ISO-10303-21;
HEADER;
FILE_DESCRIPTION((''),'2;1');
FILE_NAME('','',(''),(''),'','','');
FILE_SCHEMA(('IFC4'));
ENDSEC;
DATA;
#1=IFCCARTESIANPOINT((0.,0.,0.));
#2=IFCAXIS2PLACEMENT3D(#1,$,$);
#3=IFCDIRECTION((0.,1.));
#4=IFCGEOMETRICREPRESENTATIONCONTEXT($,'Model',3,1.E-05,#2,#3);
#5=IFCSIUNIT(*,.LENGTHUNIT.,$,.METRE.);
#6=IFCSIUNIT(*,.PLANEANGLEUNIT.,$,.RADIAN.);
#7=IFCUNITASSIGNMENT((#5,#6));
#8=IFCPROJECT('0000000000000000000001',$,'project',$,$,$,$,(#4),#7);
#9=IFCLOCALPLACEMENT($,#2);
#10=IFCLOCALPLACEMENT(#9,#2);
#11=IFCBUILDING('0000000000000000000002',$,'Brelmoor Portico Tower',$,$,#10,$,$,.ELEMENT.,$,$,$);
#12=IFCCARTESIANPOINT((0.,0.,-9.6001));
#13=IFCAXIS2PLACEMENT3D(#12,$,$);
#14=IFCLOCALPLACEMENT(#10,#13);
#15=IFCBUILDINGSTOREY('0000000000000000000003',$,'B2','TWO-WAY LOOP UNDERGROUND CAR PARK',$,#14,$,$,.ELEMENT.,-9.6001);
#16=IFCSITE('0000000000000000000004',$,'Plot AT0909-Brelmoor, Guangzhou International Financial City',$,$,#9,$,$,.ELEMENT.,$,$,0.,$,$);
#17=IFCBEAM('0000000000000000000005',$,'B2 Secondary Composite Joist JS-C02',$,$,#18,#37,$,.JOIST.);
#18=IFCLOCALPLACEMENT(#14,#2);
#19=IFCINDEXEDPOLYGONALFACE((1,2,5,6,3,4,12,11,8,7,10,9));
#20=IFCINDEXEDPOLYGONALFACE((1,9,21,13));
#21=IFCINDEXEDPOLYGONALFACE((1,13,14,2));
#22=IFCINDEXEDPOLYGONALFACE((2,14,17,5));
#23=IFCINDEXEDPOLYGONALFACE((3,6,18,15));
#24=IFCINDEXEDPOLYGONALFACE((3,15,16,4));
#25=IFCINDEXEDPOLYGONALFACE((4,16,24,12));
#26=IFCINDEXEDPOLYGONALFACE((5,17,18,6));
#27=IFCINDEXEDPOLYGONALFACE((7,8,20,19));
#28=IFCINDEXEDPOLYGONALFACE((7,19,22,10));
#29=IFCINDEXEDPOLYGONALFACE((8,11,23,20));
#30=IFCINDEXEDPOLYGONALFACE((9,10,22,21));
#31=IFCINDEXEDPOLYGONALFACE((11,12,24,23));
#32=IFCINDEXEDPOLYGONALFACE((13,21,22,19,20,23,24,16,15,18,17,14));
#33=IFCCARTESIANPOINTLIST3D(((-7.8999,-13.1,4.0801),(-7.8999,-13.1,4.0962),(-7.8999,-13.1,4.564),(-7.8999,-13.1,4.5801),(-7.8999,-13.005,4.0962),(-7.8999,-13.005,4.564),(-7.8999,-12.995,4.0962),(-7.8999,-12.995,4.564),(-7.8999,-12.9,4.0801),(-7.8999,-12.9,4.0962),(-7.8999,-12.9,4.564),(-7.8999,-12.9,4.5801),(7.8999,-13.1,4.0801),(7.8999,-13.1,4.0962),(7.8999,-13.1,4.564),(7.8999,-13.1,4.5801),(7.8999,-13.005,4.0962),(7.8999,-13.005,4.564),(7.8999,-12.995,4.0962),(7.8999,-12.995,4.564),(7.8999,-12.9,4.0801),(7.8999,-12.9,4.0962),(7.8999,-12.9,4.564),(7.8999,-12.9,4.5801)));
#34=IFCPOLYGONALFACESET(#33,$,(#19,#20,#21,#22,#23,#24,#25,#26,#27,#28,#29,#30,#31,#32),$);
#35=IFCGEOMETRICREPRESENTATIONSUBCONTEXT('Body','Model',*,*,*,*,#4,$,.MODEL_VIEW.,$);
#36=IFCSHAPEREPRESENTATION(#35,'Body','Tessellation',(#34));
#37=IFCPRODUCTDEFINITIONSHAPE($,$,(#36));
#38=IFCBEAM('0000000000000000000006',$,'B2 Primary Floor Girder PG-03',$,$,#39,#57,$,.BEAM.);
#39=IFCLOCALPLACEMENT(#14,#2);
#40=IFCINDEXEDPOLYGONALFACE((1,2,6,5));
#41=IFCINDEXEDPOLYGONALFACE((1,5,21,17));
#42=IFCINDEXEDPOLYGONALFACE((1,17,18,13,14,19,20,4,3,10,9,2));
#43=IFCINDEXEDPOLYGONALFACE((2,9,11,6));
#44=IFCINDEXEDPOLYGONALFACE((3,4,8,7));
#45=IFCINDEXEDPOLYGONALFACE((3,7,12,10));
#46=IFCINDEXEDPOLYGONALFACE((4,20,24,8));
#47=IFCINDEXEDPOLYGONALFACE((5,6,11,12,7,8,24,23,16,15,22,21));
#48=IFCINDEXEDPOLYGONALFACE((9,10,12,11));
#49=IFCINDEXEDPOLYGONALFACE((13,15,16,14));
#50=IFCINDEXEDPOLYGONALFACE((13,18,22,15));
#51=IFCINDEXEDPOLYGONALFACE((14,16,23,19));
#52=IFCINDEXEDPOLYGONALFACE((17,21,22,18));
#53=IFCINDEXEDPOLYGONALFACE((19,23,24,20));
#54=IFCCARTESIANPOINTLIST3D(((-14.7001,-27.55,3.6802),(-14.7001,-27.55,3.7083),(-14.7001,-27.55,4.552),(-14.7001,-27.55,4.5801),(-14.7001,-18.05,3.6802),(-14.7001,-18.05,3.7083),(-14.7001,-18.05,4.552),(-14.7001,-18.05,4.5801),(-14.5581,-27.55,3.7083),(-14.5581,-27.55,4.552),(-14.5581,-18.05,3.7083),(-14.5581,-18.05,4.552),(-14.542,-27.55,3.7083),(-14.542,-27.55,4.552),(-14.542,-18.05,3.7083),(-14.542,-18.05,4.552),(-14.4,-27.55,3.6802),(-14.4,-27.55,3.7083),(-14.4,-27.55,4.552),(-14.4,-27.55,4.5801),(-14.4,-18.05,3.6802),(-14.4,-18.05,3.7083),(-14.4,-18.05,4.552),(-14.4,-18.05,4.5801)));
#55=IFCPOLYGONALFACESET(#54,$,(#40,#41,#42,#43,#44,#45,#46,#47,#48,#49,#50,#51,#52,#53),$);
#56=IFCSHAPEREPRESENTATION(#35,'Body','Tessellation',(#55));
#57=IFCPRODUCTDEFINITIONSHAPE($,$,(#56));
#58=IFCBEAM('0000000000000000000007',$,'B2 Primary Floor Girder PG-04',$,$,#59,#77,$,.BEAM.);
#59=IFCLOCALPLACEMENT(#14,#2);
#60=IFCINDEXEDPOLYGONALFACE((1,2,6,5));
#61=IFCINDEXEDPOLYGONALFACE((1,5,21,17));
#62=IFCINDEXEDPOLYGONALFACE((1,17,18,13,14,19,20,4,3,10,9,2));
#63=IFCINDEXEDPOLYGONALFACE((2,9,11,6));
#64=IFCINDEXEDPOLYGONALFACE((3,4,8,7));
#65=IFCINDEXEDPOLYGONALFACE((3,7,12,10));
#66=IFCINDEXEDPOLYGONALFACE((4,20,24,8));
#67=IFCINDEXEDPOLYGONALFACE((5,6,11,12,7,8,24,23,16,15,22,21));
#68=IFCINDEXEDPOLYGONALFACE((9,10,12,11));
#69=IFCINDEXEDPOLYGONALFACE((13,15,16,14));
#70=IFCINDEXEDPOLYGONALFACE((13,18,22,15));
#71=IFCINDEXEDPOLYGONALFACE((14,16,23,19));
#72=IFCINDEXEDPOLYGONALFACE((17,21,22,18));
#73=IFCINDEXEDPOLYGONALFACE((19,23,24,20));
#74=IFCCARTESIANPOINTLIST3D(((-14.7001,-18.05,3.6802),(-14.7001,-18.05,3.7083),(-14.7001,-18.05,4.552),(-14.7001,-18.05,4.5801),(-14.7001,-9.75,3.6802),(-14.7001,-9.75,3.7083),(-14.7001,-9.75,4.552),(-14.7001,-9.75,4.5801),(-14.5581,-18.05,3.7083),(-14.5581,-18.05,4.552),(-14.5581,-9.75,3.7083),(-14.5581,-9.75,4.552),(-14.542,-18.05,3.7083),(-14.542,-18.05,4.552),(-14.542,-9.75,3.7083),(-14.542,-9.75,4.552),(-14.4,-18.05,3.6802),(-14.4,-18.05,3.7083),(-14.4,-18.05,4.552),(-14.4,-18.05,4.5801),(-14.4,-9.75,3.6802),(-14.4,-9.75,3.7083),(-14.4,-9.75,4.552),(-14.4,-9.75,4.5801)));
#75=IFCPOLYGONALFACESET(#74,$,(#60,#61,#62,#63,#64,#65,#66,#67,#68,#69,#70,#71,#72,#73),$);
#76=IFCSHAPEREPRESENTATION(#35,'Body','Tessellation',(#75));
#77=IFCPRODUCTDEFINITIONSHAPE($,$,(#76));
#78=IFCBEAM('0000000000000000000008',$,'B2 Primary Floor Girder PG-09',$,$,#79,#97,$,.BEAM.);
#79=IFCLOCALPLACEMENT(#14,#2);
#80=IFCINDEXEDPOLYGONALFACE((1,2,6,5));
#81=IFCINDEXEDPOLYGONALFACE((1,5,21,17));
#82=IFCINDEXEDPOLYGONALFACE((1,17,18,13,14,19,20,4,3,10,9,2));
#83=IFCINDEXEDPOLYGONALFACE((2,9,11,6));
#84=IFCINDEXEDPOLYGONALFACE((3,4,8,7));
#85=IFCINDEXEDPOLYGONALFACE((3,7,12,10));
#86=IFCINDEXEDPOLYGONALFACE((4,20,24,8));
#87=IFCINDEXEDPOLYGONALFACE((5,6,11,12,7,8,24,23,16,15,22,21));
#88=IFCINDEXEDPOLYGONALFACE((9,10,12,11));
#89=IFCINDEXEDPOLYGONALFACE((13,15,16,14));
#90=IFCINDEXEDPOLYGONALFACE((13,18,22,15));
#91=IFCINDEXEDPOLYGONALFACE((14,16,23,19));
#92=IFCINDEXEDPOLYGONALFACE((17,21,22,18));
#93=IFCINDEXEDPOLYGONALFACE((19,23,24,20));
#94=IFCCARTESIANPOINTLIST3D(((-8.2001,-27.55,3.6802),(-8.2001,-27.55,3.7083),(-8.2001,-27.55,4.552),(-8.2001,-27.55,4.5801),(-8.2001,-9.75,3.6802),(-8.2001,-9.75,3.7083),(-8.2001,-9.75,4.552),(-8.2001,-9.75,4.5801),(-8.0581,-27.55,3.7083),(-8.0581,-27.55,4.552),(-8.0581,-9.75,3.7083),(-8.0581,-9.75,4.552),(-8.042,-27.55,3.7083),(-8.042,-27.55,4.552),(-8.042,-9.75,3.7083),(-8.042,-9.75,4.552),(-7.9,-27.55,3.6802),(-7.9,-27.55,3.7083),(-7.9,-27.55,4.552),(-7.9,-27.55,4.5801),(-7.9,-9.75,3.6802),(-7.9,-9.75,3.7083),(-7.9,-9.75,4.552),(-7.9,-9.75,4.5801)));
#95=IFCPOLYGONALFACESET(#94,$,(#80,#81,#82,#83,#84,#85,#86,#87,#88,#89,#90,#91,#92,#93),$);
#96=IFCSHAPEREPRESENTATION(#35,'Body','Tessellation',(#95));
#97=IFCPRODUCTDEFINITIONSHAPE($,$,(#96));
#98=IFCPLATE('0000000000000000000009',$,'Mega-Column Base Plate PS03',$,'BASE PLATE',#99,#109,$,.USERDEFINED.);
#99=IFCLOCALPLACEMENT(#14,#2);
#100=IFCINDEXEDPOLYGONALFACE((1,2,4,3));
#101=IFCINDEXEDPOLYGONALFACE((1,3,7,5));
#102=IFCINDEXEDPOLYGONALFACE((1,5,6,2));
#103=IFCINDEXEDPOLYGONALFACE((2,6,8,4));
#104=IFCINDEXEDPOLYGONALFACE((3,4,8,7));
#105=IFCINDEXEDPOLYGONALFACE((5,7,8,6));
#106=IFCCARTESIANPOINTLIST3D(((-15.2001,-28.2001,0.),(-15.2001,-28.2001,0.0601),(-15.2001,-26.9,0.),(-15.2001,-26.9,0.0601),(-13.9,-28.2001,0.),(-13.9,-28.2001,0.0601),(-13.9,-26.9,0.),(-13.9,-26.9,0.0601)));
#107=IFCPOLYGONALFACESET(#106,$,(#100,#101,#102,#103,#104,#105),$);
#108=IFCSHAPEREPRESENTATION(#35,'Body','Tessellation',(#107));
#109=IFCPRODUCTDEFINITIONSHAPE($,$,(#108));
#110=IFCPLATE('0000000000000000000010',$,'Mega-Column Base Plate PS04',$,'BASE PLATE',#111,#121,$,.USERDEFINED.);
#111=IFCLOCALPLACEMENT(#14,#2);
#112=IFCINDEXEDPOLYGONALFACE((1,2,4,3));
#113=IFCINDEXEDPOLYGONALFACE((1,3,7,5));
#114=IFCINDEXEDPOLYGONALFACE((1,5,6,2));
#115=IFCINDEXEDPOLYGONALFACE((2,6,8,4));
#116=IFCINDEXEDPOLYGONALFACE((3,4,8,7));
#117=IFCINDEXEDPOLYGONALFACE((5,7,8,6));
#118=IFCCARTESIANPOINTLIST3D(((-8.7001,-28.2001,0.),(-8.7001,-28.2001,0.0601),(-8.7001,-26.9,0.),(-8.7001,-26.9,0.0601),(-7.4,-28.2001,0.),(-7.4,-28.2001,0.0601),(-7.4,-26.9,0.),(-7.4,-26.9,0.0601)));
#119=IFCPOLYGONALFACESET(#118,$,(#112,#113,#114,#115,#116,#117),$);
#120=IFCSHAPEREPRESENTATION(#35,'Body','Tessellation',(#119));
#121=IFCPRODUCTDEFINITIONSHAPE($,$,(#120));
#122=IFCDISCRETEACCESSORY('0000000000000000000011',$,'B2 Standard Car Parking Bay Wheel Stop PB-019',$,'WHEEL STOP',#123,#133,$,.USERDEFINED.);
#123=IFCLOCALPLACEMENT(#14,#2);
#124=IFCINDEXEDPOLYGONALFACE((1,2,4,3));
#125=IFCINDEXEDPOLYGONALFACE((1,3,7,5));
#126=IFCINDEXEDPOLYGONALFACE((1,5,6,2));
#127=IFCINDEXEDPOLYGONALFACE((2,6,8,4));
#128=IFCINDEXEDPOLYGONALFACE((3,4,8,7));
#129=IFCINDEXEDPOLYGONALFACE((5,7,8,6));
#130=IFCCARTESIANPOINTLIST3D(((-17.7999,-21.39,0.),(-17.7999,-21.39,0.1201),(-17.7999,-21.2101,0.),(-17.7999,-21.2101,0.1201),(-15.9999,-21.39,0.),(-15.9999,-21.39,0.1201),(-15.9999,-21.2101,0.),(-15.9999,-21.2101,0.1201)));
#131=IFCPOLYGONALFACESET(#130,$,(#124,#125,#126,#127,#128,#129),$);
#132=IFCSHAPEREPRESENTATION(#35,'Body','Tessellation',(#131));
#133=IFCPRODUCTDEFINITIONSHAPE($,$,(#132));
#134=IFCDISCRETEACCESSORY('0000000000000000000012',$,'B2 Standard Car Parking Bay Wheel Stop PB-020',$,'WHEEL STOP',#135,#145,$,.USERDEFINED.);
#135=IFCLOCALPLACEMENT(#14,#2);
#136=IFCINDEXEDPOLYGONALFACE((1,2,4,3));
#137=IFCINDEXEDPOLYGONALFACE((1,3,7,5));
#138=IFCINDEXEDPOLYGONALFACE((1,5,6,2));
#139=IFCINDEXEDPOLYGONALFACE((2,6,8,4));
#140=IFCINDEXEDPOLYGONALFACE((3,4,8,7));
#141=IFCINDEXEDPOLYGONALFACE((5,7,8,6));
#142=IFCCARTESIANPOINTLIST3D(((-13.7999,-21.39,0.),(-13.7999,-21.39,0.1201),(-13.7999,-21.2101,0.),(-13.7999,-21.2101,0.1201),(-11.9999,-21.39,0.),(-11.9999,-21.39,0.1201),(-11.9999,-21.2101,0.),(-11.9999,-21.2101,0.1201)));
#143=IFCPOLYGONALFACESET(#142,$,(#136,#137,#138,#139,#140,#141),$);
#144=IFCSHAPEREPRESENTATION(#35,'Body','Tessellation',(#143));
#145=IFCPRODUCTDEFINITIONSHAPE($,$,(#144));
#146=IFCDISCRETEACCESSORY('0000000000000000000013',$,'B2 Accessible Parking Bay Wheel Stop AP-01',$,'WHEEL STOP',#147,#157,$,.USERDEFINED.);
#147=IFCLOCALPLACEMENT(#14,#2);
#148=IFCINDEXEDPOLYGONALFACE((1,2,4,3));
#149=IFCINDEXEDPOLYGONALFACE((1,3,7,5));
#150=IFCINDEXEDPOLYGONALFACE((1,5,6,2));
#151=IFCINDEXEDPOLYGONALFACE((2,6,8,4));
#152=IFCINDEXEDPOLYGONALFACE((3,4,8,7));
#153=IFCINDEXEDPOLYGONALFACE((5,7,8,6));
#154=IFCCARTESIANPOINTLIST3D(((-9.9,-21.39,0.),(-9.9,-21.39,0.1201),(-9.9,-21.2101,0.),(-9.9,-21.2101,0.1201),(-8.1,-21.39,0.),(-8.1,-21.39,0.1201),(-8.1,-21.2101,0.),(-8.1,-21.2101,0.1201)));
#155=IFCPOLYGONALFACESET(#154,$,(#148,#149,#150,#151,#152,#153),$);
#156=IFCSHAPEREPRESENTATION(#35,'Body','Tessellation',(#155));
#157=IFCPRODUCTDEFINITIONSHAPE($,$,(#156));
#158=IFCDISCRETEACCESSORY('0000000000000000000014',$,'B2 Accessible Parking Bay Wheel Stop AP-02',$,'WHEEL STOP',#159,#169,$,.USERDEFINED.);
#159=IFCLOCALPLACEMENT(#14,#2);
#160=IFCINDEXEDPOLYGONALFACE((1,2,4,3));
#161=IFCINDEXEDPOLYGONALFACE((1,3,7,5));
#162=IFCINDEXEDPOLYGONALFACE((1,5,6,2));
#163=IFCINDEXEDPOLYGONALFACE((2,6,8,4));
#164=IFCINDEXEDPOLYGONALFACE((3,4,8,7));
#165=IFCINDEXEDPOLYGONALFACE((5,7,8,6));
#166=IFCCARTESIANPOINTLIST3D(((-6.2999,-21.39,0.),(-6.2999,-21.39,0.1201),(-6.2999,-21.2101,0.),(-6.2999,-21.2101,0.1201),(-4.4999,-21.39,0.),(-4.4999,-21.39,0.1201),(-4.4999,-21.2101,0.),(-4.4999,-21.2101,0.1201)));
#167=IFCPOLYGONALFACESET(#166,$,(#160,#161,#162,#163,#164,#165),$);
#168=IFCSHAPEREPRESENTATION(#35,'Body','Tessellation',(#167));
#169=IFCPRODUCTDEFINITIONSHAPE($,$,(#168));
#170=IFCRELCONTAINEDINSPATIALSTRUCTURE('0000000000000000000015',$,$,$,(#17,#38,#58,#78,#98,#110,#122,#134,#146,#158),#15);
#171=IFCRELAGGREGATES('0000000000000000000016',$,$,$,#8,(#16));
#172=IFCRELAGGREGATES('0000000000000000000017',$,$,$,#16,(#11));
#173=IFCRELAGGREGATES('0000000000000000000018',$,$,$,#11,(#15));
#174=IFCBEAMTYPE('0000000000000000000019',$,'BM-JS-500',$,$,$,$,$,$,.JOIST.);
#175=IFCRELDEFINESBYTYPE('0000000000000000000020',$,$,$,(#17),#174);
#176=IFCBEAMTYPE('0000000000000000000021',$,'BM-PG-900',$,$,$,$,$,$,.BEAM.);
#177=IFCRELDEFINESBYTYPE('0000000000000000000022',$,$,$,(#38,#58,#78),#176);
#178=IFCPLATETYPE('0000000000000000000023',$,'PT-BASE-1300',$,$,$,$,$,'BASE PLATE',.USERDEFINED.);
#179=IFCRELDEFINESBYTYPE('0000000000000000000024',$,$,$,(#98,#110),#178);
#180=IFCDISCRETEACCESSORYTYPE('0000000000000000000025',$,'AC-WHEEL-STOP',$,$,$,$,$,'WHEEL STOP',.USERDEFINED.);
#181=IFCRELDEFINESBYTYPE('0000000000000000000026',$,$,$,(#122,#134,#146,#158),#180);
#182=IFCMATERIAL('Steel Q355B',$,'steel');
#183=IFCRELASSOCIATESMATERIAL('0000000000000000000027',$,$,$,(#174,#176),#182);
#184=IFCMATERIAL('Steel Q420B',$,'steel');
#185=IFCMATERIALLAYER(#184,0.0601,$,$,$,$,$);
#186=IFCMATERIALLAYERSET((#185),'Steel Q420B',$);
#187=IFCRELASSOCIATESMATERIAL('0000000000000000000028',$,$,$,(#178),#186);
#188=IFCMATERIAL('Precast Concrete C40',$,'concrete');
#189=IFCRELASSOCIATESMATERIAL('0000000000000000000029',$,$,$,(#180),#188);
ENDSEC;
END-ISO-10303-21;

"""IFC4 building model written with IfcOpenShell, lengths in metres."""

from ifc_helpers import new_model, si_unit, direction, frame, origin, origin_2d, place, context, subcontext, project, spatial, rectangle, i_section, extrude, material, layer, layer_set, material_profile, profile_set, type_object, element, save


model = new_model("IFC4")

# Units and contexts
model_context = context("Model", 3, precision=1e-05, world=origin(), true_north=direction((0.0, 1.0)))
body_context = subcontext(model_context, "Body", "Model", "MODEL_VIEW")
ifc_project = project(units=[si_unit("LENGTHUNIT", "METRE"), si_unit("PLANEANGLEUNIT", "RADIAN")], contexts=[model_context])

# Site, building, storey
site_placement = place(None, origin())
site = spatial("IfcSite", under=ifc_project, at=site_placement, Name="Plot AT0909-Brelmoor, Guangzhou International Financial City", CompositionType="ELEMENT", RefElevation=0.0)
building_placement = place(site_placement, origin())
building = spatial("IfcBuilding", under=site, at=building_placement, Name="Brelmoor Portico Tower", CompositionType="ELEMENT")
storey_placement = place(building_placement, frame((0.0, 0.0, -9.6001)))
storey = spatial("IfcBuildingStorey", under=building, at=storey_placement, Name="B2", Description="TWO-WAY LOOP UNDERGROUND CAR PARK", CompositionType="ELEMENT", Elevation=-9.6001)

# Shared definitions
ifc_material_1 = material(Name="Steel Q420B", Category="steel")
ifc_material_2 = material(Name="Steel Q355B", Category="steel")

# Beams
ifc_material_profile_1 = material_profile(ifc_material_2, i_section(OverallWidth=0.2, OverallDepth=0.5, WebThickness=0.01, FlangeThickness=0.0161, at=origin_2d()), Name="HN 500x200x10x16")
ifc_profile_set_1 = profile_set([ifc_material_profile_1], Name="Steel Q355B")
beam_type_1 = type_object("IfcBeamType", Name="BM-JS-500", PredefinedType="JOIST", material=ifc_profile_set_1)
for number, where, z_axis, x_axis, name in (
    (1, (-7.8999, -13.0, 4.3301), (1.0, 0.0, 0.0), (0.0, 1.0, 0.0), "B2 Secondary Composite Joist JS-C02"),
):
    element("IfcBeam", number, at=place(storey_placement, frame(where, z_axis=z_axis, x_axis=x_axis)), inside=storey, type_object=beam_type_1, Name=name, PredefinedType="JOIST", context=body_context, shape_type="SweptSolid", body=[
        extrude(i_section(OverallWidth=0.2, OverallDepth=0.5, WebThickness=0.01, FlangeThickness=0.0161, at=origin_2d()), origin(), (0.0, 0.0, 1.0), 15.7998),
    ])
ifc_material_profile_2 = material_profile(ifc_material_2, i_section(OverallWidth=0.3, OverallDepth=0.8999, WebThickness=0.0161, FlangeThickness=0.0281, at=origin_2d()), Name="HN 900x300x16x28")
ifc_profile_set_2 = profile_set([ifc_material_profile_2], Name="Steel Q355B")
beam_type_2 = type_object("IfcBeamType", Name="BM-PG-900", PredefinedType="BEAM", material=ifc_profile_set_2)
beam_1_placement = place(storey_placement, frame((-14.55, -27.55, 4.1301), z_axis=(0.0, 1.0, 0.0), x_axis=(-1.0, 0.0, 0.0)))
element("IfcBeam", 2, at=beam_1_placement, inside=storey, type_object=beam_type_2, Name="B2 Primary Floor Girder PG-03", PredefinedType="BEAM", context=body_context, shape_type="SweptSolid", body=[
    extrude(i_section(OverallWidth=0.3, OverallDepth=0.8999, WebThickness=0.0161, FlangeThickness=0.0281, at=origin_2d()), origin(), (0.0, 0.0, 1.0), 9.5),
])
beam_2_placement = place(storey_placement, frame((-14.55, -18.05, 4.1301), z_axis=(0.0, 1.0, 0.0), x_axis=(-1.0, 0.0, 0.0)))
element("IfcBeam", 3, at=beam_2_placement, inside=storey, type_object=beam_type_2, Name="B2 Primary Floor Girder PG-04", PredefinedType="BEAM", context=body_context, shape_type="SweptSolid", body=[
    extrude(i_section(OverallWidth=0.3, OverallDepth=0.8999, WebThickness=0.0161, FlangeThickness=0.0281, at=origin_2d()), origin(), (0.0, 0.0, 1.0), 8.3),
])
beam_3_placement = place(storey_placement, frame((-8.05, -27.55, 4.1301), z_axis=(0.0, 1.0, 0.0), x_axis=(-1.0, 0.0, 0.0)))
element("IfcBeam", 4, at=beam_3_placement, inside=storey, type_object=beam_type_2, Name="B2 Primary Floor Girder PG-09", PredefinedType="BEAM", context=body_context, shape_type="SweptSolid", body=[
    extrude(i_section(OverallWidth=0.3, OverallDepth=0.8999, WebThickness=0.0161, FlangeThickness=0.0281, at=origin_2d()), origin(), (0.0, 0.0, 1.0), 17.8),
])

# Plates
ifc_layer = layer(ifc_material_1, 0.0601)
ifc_layer_set = layer_set([ifc_layer], Name="Steel Q420B")
plate_type = type_object("IfcPlateType", Name="PT-BASE-1300", ElementType="BASE PLATE", PredefinedType="USERDEFINED", material=ifc_layer_set)
for number, where, z_axis, x_axis, name in (
    (5, (-14.55, -27.55, 0.0), (0.0, 0.0, 1.0), (1.0, 0.0, 0.0), "Mega-Column Base Plate PS03"),
    (6, (-8.05, -27.55, 0.0), (0.0, 0.0, 1.0), (1.0, 0.0, 0.0), "Mega-Column Base Plate PS04"),
):
    element("IfcPlate", number, at=place(storey_placement, frame(where, z_axis=z_axis, x_axis=x_axis)), inside=storey, type_object=plate_type, Name=name, ObjectType="BASE PLATE", PredefinedType="USERDEFINED", context=body_context, shape_type="SweptSolid", body=[
        extrude(rectangle(XDim=1.3, YDim=1.3, at=origin_2d()), origin(), (0.0, 0.0, 1.0), 0.0601),
    ])

# Discrete accessories
ifc_material_3 = material(Name="Precast Concrete C40", Category="concrete")
discrete_accessory_type = type_object("IfcDiscreteAccessoryType", Name="AC-WHEEL-STOP", ElementType="WHEEL STOP", PredefinedType="USERDEFINED", material=ifc_material_3)
for number, where, z_axis, x_axis, name in (
    (7, (-16.8999, -21.3, 0.0), (0.0, 0.0, 1.0), (1.0, 0.0, 0.0), "B2 Standard Car Parking Bay Wheel Stop PB-019"),
    (8, (-12.8999, -21.3, 0.0), (0.0, 0.0, 1.0), (1.0, 0.0, 0.0), "B2 Standard Car Parking Bay Wheel Stop PB-020"),
    (9, (-9.0, -21.3, 0.0), (0.0, 0.0, 1.0), (1.0, 0.0, 0.0), "B2 Accessible Parking Bay Wheel Stop AP-01"),
    (10, (-5.3999, -21.3, 0.0), (0.0, 0.0, 1.0), (1.0, 0.0, 0.0), "B2 Accessible Parking Bay Wheel Stop AP-02"),
):
    element("IfcDiscreteAccessory", number, at=place(storey_placement, frame(where, z_axis=z_axis, x_axis=x_axis)), inside=storey, type_object=discrete_accessory_type, Name=name, ObjectType="WHEEL STOP", PredefinedType="USERDEFINED", context=body_context, shape_type="SweptSolid", body=[
        extrude(rectangle(XDim=1.8, YDim=0.1799, at=origin_2d()), origin(), (0.0, 0.0, 1.0), 0.1201),
    ])

save(model, "model.ifc")
